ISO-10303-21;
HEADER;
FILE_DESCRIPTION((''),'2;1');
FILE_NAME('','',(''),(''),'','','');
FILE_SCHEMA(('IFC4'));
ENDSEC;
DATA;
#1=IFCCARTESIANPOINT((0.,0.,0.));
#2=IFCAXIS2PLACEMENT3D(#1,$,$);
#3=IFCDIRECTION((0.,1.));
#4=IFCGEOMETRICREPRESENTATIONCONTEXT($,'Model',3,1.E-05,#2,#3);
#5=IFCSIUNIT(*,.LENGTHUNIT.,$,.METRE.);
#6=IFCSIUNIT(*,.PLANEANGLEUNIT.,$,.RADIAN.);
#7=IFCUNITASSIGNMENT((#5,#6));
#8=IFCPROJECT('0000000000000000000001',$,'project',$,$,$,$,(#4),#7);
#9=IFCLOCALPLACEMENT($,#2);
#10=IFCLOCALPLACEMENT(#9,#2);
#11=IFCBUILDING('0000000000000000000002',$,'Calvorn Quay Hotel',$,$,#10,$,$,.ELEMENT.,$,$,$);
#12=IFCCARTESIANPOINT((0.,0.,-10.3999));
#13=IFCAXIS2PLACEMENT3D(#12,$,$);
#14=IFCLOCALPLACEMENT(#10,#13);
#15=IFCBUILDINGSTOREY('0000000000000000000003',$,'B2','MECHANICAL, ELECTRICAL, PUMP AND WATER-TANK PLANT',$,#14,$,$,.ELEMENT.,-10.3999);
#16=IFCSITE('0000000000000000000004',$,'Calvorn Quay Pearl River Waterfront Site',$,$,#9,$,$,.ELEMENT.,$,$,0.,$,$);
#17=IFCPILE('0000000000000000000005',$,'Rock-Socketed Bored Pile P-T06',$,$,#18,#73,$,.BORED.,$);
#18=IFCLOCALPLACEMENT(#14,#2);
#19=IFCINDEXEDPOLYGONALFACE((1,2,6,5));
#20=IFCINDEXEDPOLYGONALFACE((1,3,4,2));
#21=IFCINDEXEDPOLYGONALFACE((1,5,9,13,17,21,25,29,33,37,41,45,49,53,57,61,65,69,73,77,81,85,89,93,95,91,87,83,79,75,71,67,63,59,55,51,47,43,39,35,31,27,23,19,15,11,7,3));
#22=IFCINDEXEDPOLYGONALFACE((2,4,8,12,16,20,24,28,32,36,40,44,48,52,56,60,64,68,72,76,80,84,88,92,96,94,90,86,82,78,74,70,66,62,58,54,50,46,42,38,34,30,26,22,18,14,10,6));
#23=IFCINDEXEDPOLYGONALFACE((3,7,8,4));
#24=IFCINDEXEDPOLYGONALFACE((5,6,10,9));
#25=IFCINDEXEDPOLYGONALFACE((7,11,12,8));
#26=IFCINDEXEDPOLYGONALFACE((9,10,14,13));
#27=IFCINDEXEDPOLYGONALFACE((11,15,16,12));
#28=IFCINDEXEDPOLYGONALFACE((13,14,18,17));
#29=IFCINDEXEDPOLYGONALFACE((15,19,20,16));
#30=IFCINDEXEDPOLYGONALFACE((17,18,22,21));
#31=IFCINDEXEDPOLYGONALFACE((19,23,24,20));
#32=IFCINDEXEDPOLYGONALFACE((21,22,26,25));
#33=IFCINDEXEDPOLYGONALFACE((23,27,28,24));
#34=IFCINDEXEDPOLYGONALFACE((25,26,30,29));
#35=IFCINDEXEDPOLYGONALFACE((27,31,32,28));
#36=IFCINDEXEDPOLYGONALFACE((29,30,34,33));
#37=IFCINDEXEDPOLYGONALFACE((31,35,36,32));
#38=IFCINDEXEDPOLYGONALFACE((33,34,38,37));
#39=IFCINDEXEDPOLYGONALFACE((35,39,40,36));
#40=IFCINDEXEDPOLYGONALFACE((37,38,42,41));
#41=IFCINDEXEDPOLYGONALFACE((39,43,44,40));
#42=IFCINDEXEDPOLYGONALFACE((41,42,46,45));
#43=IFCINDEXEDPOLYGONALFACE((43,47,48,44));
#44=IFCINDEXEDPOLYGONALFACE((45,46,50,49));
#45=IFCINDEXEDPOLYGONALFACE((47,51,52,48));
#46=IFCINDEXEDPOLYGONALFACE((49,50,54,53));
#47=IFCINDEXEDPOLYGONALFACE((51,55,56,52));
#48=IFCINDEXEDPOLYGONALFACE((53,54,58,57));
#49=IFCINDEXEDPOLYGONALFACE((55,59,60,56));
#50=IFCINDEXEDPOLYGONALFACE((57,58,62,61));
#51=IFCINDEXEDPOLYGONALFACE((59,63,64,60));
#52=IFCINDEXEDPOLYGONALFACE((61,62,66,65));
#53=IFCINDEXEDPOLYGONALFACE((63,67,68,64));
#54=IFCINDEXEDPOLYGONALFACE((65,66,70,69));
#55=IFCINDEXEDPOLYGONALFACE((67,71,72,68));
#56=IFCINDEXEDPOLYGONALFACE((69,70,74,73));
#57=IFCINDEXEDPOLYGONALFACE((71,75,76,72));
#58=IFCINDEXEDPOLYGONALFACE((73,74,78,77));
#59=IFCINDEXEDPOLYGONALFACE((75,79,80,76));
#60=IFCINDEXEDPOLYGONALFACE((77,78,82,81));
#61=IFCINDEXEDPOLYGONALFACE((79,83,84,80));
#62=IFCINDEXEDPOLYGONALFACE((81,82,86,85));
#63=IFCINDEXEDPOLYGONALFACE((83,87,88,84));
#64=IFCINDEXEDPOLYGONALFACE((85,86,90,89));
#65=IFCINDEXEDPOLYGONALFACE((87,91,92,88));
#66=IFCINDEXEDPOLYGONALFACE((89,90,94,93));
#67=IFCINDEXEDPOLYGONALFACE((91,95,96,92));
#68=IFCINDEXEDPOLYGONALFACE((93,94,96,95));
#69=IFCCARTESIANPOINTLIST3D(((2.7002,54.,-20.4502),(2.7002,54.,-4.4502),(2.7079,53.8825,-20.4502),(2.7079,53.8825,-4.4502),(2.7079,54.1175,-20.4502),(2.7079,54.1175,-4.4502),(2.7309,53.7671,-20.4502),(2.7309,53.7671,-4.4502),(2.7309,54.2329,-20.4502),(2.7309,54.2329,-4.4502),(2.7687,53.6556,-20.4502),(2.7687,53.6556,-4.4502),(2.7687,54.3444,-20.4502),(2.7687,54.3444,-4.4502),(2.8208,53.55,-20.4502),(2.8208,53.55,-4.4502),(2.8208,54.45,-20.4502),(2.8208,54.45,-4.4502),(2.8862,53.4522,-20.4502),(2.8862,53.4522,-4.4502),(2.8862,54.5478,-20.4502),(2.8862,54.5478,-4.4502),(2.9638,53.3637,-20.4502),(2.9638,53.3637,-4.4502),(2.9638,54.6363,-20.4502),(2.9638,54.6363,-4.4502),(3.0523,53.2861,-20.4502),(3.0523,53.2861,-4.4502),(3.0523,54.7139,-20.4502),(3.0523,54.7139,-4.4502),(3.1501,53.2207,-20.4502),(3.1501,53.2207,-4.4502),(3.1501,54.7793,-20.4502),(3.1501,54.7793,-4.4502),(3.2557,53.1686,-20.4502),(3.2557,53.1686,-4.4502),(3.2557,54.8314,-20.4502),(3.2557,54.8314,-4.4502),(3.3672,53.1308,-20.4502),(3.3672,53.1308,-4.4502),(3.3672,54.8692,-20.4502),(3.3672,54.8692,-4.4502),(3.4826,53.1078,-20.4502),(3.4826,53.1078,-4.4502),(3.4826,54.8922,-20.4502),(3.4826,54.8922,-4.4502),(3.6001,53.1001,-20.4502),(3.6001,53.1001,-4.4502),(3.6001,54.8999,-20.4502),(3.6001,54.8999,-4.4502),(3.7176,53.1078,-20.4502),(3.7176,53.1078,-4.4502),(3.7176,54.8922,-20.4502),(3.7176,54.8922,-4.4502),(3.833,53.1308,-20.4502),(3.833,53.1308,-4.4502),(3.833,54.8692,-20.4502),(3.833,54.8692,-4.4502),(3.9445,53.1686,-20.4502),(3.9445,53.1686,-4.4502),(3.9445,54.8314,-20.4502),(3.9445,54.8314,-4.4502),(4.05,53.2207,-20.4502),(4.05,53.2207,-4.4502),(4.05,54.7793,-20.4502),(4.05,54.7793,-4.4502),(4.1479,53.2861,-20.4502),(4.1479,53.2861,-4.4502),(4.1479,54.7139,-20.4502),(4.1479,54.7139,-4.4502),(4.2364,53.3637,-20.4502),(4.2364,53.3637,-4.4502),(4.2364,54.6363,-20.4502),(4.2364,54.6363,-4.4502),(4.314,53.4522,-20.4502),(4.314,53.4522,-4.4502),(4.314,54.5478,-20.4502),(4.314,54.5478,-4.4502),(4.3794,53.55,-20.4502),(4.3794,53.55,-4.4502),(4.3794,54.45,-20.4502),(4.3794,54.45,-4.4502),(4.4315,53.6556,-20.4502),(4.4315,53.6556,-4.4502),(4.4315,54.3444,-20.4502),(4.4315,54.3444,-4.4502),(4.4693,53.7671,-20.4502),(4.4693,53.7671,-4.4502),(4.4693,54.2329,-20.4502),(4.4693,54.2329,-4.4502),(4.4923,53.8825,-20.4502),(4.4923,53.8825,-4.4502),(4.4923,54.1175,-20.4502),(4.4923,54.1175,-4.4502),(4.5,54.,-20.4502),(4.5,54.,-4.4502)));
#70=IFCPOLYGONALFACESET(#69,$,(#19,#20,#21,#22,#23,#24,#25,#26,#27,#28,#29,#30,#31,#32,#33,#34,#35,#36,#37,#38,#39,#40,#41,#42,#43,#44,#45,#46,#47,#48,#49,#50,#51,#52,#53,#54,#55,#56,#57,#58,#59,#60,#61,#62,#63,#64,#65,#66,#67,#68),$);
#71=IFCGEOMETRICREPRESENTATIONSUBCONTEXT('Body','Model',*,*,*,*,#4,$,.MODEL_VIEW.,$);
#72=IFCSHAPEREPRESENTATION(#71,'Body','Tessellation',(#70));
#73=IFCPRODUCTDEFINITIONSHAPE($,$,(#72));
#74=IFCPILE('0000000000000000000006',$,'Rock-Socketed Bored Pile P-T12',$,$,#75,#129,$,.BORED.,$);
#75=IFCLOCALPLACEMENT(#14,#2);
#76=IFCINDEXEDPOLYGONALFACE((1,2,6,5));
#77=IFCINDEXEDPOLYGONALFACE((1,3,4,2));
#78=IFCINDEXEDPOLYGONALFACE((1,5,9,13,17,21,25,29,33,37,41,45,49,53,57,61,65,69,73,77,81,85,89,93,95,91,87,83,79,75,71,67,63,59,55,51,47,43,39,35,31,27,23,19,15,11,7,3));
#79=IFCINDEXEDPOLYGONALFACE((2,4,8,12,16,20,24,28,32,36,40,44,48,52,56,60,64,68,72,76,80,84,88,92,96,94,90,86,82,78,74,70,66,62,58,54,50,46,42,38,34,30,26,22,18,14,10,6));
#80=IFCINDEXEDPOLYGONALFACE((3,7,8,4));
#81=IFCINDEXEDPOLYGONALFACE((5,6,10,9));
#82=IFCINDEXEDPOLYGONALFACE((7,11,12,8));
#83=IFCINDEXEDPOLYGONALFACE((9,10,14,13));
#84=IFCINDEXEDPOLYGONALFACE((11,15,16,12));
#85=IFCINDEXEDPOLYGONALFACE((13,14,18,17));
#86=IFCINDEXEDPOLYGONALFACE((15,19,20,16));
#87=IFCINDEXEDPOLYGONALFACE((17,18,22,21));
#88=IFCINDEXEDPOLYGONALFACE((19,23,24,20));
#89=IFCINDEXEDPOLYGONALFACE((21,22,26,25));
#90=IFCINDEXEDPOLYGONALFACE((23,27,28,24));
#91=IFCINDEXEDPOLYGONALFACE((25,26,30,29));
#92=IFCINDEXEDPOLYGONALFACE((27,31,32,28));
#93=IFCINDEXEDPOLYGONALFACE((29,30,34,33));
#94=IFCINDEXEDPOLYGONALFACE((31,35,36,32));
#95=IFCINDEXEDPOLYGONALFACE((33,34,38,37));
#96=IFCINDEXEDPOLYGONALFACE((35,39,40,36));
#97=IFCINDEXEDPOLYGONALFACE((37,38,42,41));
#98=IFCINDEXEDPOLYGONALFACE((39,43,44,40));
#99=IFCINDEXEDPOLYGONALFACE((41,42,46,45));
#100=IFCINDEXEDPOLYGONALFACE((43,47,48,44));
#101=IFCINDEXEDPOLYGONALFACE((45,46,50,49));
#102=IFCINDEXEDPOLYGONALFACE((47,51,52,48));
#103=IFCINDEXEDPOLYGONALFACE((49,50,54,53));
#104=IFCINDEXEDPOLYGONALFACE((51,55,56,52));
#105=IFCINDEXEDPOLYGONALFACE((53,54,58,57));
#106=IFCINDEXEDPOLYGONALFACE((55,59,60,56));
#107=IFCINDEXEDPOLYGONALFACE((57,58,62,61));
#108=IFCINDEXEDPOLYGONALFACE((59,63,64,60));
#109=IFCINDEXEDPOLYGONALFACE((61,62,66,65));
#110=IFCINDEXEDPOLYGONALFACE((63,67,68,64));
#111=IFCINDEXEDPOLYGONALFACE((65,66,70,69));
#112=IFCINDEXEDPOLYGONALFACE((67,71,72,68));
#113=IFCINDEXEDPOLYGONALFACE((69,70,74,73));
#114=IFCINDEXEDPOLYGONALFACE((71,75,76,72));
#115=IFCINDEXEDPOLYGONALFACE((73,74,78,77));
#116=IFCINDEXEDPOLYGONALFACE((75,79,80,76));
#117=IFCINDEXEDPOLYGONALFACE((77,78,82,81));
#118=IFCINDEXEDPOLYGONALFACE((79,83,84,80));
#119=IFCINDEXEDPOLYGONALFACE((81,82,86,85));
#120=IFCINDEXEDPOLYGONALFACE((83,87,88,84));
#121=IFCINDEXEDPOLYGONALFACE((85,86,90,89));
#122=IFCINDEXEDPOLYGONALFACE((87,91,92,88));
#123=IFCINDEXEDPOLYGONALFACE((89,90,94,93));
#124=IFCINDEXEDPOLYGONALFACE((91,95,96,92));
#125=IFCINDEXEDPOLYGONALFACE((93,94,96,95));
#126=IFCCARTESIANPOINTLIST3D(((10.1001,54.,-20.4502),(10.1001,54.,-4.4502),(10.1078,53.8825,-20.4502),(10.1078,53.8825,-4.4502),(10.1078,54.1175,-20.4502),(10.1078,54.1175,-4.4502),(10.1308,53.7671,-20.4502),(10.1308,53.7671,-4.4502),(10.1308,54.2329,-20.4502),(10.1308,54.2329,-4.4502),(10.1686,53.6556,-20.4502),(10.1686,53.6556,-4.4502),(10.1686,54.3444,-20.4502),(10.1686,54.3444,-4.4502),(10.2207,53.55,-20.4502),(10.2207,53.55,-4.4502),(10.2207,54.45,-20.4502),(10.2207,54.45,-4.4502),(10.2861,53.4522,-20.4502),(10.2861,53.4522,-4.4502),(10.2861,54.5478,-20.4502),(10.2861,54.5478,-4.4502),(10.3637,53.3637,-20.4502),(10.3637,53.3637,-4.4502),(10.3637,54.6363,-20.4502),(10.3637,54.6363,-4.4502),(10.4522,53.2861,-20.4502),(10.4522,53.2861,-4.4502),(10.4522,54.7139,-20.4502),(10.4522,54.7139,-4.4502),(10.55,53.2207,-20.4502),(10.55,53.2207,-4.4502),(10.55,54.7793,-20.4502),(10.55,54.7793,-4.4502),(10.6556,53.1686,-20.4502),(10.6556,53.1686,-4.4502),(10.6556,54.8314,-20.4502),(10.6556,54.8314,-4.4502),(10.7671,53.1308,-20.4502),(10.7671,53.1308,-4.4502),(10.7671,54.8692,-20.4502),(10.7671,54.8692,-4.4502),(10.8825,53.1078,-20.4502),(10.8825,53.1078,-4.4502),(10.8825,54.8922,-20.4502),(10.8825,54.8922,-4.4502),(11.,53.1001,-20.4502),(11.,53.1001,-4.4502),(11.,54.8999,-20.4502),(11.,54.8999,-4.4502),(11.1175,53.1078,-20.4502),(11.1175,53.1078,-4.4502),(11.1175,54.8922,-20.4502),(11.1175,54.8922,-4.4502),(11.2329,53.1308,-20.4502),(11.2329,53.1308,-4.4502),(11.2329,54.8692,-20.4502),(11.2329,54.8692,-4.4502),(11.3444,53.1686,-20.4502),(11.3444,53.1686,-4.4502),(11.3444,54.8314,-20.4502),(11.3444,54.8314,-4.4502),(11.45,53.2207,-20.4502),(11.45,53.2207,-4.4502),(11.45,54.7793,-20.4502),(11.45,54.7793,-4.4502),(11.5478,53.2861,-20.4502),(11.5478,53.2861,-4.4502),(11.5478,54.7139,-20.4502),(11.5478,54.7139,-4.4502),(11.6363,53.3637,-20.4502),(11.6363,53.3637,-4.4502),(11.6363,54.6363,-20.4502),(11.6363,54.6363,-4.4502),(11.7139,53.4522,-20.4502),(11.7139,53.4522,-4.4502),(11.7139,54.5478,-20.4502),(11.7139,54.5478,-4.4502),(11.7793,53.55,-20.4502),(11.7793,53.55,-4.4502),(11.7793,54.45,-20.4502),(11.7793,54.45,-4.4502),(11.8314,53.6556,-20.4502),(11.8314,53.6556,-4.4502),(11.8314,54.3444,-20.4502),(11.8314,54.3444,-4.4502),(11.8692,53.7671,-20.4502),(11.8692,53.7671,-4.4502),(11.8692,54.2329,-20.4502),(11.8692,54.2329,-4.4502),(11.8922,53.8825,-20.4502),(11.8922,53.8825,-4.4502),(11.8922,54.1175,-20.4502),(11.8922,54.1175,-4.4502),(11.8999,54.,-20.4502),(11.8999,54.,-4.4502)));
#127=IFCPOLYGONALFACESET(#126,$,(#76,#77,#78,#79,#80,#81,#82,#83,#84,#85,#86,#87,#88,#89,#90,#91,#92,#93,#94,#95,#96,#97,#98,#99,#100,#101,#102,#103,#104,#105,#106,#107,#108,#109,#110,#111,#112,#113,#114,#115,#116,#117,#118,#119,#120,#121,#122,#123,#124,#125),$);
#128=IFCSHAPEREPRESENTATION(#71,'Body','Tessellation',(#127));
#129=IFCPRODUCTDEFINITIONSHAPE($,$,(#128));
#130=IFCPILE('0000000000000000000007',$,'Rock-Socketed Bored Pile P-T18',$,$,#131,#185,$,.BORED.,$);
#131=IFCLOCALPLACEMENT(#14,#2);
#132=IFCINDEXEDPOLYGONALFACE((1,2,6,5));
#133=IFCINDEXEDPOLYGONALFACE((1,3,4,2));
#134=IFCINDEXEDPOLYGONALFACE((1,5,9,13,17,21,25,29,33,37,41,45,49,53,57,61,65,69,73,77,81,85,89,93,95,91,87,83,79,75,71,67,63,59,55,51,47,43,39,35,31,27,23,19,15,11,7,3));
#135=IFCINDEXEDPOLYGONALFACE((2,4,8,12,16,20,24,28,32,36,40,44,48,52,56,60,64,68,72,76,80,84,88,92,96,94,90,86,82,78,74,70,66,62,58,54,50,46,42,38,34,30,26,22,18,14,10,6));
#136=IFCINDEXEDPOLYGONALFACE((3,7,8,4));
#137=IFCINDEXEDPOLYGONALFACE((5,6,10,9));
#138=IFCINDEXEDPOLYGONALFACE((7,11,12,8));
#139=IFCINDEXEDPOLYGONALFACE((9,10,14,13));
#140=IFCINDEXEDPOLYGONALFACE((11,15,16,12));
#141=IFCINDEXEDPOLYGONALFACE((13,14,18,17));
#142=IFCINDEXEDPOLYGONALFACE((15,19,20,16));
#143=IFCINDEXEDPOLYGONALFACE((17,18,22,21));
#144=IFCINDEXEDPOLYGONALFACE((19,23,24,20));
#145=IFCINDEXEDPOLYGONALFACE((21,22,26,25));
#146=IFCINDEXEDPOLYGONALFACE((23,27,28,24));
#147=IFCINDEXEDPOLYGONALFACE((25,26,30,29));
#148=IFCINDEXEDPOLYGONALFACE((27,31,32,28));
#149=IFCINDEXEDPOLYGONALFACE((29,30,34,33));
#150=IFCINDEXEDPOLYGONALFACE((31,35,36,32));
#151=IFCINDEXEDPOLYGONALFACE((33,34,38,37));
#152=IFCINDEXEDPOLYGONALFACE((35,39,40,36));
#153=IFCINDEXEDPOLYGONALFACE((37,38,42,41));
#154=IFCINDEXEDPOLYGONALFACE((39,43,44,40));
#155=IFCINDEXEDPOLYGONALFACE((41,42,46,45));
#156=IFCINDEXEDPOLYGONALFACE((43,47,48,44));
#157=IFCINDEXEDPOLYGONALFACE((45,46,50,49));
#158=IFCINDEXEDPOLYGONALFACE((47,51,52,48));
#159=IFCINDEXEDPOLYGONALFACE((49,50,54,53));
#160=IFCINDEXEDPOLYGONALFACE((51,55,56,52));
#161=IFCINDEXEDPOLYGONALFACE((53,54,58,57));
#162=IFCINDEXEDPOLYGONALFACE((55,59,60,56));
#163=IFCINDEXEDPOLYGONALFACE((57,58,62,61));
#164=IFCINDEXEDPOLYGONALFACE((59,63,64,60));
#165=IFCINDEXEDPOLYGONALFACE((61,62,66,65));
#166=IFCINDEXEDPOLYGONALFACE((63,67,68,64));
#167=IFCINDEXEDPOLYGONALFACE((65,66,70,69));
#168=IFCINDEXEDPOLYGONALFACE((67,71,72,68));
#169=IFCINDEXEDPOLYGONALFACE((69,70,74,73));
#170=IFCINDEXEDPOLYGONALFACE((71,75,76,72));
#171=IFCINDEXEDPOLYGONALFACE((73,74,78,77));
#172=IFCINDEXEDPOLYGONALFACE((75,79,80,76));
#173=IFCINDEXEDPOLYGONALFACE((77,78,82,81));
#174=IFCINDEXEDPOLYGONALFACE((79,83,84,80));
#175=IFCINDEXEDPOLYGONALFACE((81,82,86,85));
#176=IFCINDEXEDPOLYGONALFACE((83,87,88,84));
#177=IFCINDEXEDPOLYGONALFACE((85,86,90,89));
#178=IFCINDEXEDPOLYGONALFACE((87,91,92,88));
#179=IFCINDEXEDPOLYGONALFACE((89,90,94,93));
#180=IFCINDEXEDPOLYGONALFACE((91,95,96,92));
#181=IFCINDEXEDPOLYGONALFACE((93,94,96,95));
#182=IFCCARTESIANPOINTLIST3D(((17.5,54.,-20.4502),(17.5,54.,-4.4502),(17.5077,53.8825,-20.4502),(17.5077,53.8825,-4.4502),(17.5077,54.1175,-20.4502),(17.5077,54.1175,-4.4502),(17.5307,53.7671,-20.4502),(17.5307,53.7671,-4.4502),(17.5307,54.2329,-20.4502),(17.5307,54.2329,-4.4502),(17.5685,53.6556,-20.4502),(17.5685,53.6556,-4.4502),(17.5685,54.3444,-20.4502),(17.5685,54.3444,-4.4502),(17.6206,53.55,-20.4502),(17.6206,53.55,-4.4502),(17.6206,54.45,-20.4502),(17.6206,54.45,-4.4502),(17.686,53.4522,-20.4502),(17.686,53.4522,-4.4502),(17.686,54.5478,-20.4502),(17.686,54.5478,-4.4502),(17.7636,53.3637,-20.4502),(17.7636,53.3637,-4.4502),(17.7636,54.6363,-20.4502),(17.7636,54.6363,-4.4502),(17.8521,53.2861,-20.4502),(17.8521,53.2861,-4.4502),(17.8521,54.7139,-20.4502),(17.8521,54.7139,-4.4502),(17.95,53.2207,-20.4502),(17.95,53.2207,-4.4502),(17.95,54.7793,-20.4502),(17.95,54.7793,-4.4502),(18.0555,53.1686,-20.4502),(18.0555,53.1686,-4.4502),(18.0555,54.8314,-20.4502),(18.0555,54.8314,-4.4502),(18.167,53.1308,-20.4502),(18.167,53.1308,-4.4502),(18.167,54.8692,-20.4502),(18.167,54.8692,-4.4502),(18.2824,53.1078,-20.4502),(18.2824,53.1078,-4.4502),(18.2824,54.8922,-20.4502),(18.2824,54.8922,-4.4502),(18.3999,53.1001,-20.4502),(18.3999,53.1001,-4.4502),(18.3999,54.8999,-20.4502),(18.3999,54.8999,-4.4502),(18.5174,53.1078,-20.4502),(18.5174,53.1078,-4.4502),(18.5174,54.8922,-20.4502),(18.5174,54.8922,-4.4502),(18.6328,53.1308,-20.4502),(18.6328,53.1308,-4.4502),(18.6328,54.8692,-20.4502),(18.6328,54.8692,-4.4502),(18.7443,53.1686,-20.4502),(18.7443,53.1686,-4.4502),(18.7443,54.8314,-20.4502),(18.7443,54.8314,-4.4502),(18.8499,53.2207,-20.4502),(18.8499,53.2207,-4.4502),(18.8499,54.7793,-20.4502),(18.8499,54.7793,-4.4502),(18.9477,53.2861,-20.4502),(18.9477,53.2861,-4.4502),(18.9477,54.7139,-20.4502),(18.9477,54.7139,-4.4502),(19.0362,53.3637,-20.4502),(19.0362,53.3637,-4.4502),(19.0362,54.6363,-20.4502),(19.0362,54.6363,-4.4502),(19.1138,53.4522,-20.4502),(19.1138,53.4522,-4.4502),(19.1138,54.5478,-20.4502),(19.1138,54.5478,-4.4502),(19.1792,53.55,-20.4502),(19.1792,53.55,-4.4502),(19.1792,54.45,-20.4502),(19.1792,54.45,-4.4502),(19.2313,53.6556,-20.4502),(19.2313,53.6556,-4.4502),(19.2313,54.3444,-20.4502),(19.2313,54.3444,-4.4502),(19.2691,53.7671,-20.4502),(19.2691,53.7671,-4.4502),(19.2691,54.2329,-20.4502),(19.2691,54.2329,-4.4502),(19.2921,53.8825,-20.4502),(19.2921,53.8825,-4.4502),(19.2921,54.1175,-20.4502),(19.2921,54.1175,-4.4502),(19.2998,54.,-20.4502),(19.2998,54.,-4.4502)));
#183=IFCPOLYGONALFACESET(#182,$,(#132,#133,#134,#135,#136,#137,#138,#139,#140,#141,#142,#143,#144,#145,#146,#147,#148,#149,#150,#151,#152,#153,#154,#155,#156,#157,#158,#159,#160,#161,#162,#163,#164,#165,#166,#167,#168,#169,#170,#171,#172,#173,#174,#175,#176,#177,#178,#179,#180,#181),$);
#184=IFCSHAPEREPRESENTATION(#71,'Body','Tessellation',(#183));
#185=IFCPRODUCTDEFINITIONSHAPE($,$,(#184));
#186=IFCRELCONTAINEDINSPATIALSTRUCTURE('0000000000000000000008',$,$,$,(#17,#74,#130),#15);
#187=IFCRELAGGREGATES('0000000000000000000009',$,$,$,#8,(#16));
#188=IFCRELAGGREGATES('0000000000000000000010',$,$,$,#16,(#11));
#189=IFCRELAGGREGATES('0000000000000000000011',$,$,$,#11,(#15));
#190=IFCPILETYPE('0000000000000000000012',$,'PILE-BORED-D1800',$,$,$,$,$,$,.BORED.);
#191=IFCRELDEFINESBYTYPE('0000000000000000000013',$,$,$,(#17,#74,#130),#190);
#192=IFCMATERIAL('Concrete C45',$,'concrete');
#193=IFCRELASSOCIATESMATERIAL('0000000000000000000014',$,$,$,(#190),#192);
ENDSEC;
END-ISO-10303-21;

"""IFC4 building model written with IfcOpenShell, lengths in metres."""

from ifc_helpers import new_model, si_unit, direction, frame, origin, origin_2d, place, context, subcontext, project, spatial, circle, extrude, material, material_profile, profile_set, type_object, element, save


model = new_model("IFC4")

# Units and contexts
model_context = context("Model", 3, precision=1e-05, world=origin(), true_north=direction((0.0, 1.0)))
body_context = subcontext(model_context, "Body", "Model", "MODEL_VIEW")
ifc_project = project(units=[si_unit("LENGTHUNIT", "METRE"), si_unit("PLANEANGLEUNIT", "RADIAN")], contexts=[model_context])

# Site, building, storey
site_placement = place(None, origin())
site = spatial("IfcSite", under=ifc_project, at=site_placement, Name="Calvorn Quay Pearl River Waterfront Site", CompositionType="ELEMENT", RefElevation=0.0)
building_placement = place(site_placement, origin())
building = spatial("IfcBuilding", under=site, at=building_placement, Name="Calvorn Quay Hotel", CompositionType="ELEMENT")
storey_placement = place(building_placement, frame((0.0, 0.0, -10.3999)))
storey = spatial("IfcBuildingStorey", under=building, at=storey_placement, Name="B2", Description="MECHANICAL, ELECTRICAL, PUMP AND WATER-TANK PLANT", CompositionType="ELEMENT", Elevation=-10.3999)

# Piles
ifc_material_1 = material(Name="Concrete C45", Category="concrete")
ifc_material_profile_1 = material_profile(ifc_material_1, circle(Radius=0.8999, at=origin_2d()), Name="PILE-D1800")
ifc_profile_set_1 = profile_set([ifc_material_profile_1], Name="Concrete C45")
pile_type_1 = type_object("IfcPileType", Name="PILE-BORED-D1800", PredefinedType="BORED", material=ifc_profile_set_1)
for number, where, z_axis, x_axis, name in (
    (1, (3.6001, 54.0, -4.4502), (0.0, 0.0, -1.0), (1.0, 0.0, 0.0), "Rock-Socketed Bored Pile P-T06"),
    (2, (11.0, 54.0, -4.4502), (0.0, 0.0, -1.0), (1.0, 0.0, 0.0), "Rock-Socketed Bored Pile P-T12"),
    (3, (18.3999, 54.0, -4.4502), (0.0, 0.0, -1.0), (1.0, 0.0, 0.0), "Rock-Socketed Bored Pile P-T18"),
):
    element("IfcPile", number, at=place(storey_placement, frame(where, z_axis=z_axis, x_axis=x_axis)), inside=storey, type_object=pile_type_1, Name=name, PredefinedType="BORED", context=body_context, shape_type="SweptSolid", body=[
        extrude(circle(Radius=0.8999, at=origin_2d()), origin(), (0.0, 0.0, 1.0), 16.0),
    ])

save(model, "model.ifc")
